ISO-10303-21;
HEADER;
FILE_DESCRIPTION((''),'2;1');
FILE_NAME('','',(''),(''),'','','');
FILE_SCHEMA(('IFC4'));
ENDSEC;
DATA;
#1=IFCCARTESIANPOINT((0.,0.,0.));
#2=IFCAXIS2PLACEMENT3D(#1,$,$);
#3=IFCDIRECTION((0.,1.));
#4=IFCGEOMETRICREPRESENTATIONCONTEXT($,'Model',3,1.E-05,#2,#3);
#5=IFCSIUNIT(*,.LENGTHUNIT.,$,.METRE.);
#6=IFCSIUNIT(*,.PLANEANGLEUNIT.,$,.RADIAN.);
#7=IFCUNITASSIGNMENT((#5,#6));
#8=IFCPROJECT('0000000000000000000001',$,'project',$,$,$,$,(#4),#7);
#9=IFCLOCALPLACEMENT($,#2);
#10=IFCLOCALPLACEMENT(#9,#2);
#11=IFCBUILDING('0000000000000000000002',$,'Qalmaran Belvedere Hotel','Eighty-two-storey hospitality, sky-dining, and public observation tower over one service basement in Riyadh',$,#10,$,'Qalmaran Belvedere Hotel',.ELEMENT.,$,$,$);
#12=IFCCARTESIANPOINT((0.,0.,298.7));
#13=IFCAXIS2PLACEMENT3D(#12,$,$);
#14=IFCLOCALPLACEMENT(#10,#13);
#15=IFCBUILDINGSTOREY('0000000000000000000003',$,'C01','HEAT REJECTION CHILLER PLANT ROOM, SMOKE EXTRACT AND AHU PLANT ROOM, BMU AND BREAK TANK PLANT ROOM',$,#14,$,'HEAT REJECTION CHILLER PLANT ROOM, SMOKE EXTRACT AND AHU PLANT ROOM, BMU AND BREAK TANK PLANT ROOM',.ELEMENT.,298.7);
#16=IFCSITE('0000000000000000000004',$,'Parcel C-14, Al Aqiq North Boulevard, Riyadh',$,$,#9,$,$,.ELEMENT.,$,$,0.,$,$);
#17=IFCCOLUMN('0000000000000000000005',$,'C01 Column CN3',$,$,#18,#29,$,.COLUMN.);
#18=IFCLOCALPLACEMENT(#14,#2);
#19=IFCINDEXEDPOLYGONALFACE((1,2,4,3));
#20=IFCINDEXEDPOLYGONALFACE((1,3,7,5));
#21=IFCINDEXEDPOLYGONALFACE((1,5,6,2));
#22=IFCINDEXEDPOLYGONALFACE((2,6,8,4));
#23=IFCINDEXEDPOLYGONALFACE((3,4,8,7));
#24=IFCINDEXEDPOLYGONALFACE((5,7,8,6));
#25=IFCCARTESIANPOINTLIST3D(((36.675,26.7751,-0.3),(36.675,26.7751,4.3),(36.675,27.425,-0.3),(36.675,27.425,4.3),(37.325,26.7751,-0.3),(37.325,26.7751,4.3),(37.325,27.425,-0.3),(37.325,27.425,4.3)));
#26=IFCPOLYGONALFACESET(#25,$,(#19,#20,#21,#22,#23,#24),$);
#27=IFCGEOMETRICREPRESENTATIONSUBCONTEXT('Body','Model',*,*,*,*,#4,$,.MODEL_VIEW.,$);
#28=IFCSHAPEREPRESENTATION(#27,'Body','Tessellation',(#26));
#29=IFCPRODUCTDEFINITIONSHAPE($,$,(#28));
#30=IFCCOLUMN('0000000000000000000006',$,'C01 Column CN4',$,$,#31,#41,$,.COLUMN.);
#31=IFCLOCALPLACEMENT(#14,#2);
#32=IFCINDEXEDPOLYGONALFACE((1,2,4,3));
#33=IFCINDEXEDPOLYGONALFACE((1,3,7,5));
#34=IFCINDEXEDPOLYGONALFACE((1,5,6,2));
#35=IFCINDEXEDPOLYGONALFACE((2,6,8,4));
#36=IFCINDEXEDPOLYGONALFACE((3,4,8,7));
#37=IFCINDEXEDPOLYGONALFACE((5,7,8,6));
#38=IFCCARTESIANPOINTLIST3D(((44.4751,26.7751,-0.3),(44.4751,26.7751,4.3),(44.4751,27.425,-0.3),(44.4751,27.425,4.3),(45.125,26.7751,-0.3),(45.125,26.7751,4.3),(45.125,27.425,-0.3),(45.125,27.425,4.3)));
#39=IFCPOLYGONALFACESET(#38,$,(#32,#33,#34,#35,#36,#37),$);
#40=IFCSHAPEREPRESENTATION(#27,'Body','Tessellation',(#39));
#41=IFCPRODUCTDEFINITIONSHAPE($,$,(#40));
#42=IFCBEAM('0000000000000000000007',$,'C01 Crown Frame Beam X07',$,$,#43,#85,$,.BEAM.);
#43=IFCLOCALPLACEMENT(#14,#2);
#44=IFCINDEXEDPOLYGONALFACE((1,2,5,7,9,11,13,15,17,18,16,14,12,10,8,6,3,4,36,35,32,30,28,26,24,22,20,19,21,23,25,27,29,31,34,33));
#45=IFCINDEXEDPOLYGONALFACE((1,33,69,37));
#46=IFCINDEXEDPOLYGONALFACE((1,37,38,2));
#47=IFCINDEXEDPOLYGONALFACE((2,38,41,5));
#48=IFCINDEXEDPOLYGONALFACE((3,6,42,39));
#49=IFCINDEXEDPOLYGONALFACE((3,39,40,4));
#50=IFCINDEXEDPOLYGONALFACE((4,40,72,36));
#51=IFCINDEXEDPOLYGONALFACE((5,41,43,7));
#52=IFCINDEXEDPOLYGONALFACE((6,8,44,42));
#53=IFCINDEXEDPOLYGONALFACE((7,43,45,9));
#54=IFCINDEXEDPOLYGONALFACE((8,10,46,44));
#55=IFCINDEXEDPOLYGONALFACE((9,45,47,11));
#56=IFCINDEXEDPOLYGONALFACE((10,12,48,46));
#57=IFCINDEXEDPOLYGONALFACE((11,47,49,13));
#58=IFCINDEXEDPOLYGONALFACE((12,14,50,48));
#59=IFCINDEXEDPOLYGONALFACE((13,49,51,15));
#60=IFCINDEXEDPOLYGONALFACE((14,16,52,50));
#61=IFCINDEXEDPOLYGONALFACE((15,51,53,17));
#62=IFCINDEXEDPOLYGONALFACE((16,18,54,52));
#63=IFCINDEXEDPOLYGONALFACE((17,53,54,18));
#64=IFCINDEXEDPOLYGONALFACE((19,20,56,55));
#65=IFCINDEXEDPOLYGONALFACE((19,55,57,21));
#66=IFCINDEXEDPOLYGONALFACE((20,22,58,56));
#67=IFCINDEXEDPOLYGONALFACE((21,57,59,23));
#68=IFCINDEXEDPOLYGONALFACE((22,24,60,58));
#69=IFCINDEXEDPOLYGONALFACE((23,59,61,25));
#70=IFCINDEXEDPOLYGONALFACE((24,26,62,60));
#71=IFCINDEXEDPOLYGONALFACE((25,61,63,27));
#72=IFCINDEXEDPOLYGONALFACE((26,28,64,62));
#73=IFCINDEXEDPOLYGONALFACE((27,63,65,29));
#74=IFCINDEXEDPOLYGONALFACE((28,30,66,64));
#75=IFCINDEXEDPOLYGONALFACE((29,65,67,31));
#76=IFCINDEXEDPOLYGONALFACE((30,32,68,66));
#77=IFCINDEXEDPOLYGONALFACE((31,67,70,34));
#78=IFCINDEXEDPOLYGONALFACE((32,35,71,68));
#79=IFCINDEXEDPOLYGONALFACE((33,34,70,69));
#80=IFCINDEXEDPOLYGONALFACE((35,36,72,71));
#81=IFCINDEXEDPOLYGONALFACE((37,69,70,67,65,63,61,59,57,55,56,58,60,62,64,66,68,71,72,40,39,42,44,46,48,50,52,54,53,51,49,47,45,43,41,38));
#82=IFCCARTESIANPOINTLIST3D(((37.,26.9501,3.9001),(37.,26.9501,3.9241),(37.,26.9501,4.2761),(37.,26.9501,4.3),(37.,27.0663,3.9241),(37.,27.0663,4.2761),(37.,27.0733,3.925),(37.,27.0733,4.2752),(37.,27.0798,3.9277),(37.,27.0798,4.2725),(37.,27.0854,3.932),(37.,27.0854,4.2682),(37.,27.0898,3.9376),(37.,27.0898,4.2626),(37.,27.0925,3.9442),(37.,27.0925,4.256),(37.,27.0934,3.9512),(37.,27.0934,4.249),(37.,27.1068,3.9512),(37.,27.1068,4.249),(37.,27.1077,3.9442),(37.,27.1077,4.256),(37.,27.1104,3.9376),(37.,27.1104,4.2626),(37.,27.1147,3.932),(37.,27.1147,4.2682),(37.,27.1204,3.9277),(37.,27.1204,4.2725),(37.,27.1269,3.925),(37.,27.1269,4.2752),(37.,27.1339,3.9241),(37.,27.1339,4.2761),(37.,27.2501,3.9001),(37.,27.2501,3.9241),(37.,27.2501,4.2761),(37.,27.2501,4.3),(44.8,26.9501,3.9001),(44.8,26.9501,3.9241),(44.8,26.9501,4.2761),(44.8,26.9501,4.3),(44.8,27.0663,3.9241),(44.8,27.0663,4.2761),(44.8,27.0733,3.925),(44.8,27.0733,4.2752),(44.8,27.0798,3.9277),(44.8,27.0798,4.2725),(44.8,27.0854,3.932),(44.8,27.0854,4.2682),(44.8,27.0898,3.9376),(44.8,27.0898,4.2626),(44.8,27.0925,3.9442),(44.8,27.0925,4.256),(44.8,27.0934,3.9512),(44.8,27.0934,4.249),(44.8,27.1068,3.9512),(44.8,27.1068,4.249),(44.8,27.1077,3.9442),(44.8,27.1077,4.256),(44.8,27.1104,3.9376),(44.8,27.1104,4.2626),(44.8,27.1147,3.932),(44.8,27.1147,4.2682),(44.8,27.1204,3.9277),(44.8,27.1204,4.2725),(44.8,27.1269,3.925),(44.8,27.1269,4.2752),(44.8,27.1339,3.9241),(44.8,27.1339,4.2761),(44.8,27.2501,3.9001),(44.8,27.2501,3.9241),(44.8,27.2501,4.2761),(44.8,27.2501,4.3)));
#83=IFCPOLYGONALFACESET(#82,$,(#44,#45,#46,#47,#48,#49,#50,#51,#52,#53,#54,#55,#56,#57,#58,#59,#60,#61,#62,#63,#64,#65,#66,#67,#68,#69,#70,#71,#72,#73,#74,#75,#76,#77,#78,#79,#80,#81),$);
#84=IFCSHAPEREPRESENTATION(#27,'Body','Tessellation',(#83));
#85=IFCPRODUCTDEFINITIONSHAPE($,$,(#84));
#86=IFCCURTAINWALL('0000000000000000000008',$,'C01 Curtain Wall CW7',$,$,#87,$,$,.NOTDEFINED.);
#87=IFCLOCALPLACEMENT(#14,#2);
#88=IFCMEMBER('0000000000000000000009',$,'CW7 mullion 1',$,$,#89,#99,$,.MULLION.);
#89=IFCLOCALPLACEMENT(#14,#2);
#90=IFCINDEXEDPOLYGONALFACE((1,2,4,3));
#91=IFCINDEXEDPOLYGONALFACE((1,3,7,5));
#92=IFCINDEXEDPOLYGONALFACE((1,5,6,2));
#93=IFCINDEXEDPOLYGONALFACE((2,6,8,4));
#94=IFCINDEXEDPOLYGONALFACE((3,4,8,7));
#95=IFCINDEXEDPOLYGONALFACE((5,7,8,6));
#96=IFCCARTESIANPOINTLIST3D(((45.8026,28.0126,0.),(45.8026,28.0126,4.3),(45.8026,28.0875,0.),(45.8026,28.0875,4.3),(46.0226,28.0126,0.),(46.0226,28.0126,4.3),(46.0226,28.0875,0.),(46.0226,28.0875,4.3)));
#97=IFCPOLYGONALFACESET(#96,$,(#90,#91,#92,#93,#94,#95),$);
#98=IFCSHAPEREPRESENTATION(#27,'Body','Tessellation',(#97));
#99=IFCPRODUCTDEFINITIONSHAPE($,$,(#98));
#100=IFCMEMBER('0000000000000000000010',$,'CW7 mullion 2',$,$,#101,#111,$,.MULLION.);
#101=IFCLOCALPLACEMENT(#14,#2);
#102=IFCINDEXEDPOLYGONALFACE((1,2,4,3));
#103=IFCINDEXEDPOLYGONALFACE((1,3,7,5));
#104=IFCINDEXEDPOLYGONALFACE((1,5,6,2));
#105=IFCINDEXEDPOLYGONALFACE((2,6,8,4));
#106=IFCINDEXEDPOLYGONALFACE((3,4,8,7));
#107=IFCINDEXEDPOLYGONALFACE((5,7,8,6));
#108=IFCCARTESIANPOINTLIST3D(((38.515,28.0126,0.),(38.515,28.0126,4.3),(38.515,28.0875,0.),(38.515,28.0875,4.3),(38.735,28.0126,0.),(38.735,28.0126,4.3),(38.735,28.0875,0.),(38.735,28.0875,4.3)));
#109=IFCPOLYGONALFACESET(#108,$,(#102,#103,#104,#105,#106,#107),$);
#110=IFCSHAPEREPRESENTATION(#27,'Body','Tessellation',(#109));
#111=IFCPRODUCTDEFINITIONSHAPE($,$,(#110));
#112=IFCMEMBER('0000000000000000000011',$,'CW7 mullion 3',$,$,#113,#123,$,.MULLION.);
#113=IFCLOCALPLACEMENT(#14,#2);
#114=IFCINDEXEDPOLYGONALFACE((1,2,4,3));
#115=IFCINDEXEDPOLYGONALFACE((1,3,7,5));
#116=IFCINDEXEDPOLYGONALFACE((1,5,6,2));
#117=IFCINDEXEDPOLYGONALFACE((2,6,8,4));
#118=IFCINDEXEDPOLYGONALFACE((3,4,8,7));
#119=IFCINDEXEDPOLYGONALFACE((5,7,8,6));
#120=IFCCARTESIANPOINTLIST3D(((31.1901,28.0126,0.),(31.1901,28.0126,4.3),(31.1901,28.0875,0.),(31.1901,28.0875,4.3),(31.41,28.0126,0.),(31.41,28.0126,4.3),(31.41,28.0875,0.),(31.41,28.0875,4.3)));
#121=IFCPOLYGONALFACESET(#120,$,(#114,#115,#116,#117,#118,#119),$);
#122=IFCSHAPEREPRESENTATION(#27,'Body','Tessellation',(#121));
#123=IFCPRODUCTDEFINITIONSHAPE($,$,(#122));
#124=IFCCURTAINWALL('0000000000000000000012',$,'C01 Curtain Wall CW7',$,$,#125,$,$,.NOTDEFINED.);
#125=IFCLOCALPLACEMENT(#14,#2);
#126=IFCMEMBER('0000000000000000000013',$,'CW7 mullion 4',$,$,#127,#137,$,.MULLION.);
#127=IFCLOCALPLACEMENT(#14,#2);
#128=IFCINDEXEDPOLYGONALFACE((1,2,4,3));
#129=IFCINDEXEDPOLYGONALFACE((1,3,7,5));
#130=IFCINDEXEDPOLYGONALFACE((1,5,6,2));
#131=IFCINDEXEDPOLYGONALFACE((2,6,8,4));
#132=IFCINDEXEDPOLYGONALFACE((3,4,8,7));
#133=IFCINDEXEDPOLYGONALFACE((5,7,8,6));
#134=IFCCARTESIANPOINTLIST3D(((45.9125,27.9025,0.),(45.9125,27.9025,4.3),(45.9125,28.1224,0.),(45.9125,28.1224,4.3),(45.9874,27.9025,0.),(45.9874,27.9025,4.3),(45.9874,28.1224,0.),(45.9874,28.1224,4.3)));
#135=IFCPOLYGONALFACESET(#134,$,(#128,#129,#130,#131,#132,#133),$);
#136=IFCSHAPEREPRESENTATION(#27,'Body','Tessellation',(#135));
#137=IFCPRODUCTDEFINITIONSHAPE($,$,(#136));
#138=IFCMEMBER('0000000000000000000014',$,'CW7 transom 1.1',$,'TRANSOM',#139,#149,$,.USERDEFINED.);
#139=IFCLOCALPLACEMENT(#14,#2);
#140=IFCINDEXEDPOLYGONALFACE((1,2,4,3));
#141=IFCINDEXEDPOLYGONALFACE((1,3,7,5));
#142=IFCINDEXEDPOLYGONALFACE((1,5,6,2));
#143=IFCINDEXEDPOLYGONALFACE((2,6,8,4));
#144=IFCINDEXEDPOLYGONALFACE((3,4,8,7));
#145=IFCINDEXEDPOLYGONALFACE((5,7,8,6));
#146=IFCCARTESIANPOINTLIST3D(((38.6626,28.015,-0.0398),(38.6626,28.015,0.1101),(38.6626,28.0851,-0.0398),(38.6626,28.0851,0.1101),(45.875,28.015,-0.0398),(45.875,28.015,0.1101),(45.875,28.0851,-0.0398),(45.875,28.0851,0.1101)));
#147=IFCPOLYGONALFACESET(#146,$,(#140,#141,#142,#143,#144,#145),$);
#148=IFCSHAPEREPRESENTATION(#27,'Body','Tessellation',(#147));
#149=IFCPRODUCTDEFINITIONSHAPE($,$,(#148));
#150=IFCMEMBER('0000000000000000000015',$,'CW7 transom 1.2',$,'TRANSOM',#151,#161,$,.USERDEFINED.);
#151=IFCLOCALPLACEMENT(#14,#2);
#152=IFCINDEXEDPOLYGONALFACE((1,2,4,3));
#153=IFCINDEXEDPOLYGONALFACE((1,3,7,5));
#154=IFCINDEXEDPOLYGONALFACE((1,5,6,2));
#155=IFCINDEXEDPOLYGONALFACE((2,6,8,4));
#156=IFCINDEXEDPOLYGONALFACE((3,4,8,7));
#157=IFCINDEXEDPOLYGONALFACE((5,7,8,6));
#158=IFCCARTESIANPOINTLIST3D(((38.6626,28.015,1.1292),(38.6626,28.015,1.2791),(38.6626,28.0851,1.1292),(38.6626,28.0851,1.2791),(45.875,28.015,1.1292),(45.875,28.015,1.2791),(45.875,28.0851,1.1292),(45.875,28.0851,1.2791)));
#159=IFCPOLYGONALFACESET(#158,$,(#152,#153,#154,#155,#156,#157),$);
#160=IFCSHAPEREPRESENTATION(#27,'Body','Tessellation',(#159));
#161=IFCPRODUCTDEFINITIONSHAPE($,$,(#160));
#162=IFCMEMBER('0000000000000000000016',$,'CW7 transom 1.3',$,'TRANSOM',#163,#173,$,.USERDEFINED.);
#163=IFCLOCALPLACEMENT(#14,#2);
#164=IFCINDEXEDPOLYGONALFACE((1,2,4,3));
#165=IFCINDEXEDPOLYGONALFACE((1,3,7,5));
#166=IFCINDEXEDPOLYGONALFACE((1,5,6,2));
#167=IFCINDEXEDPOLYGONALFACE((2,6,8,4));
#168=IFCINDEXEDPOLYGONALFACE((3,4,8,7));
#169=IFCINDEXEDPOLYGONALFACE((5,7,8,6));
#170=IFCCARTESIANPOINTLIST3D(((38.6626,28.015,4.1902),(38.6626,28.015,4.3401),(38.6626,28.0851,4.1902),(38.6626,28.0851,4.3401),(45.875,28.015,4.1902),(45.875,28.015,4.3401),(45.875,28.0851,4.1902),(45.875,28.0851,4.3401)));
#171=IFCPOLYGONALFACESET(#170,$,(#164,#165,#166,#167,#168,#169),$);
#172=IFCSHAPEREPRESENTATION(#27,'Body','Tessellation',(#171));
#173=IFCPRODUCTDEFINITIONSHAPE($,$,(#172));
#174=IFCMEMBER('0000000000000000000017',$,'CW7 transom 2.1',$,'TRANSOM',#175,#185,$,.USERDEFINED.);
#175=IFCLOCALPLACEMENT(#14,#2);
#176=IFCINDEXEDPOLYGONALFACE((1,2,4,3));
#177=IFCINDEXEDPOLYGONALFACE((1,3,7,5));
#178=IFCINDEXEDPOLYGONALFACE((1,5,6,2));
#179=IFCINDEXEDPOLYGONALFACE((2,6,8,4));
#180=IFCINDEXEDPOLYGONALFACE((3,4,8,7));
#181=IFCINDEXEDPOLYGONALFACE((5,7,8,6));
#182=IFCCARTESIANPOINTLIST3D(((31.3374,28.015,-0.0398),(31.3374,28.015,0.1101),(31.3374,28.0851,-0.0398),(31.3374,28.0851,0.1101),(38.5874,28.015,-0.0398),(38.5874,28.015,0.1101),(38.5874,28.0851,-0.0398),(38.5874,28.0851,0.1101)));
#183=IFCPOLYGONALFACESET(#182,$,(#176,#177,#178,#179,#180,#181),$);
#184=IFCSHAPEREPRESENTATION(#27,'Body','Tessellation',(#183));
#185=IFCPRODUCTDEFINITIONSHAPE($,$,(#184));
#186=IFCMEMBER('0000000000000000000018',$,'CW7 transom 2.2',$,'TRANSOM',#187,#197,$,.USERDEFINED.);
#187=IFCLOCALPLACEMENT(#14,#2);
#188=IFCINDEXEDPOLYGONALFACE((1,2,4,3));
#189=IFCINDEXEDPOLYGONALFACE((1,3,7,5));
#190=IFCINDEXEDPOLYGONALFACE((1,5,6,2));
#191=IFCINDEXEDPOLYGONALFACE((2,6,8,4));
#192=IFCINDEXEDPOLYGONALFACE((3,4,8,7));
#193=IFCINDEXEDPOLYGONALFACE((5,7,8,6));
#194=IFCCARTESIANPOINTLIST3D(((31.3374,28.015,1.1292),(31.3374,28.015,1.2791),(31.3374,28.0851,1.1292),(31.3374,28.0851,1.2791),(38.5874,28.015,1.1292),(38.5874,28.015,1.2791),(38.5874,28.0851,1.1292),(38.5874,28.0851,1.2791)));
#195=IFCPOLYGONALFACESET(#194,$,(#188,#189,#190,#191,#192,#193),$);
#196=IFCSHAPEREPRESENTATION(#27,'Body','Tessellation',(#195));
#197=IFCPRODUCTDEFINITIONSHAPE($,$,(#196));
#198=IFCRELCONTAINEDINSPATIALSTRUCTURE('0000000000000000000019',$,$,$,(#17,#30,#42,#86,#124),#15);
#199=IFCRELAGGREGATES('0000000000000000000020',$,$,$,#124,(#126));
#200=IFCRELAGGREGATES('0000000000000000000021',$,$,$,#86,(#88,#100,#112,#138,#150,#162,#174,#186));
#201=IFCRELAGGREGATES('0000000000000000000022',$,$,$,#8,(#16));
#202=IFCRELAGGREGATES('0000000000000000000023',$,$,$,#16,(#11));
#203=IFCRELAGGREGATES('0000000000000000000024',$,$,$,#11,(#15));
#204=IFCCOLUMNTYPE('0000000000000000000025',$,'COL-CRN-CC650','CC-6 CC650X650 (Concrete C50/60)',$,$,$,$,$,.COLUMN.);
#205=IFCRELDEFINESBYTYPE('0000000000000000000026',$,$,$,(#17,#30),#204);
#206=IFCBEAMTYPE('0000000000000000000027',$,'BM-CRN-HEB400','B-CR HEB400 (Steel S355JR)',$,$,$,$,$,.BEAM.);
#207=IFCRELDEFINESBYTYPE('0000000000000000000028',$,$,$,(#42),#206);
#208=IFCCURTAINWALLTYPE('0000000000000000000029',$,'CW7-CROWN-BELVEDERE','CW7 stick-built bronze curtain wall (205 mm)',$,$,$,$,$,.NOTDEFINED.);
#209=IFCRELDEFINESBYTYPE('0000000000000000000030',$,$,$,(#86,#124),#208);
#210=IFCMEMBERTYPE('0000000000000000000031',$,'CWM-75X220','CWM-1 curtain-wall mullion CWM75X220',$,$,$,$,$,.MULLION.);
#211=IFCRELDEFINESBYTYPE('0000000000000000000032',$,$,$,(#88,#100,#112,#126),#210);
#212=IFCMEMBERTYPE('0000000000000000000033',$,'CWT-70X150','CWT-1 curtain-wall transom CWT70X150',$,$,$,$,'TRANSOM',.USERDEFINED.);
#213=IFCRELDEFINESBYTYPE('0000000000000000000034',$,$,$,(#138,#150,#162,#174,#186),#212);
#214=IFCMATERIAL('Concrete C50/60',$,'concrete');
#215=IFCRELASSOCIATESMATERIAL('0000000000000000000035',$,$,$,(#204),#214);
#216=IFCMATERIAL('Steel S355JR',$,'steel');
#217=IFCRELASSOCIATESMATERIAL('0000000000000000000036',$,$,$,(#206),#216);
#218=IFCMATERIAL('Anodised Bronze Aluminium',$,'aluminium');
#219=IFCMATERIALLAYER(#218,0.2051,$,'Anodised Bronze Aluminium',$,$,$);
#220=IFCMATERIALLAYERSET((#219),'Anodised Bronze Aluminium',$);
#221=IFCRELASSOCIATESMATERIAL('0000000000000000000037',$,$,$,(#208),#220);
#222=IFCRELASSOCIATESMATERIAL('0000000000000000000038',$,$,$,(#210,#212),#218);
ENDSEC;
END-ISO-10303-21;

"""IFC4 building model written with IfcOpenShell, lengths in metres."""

from ifc_helpers import new_model, si_unit, direction, frame, origin, origin_2d, place, context, subcontext, project, spatial, rectangle, i_section, extrude, material, layer, layer_set, material_profile, profile_set, type_object, element, aggregate, save


model = new_model("IFC4")

# Units and contexts
model_context = context("Model", 3, precision=1e-05, world=origin(), true_north=direction((0.0, 1.0)))
body_context = subcontext(model_context, "Body", "Model", "MODEL_VIEW")
ifc_project = project(units=[si_unit("LENGTHUNIT", "METRE"), si_unit("PLANEANGLEUNIT", "RADIAN")], contexts=[model_context])

# Site, building, storey
site_placement = place(None, origin())
site = spatial("IfcSite", under=ifc_project, at=site_placement, Name="Parcel C-14, Al Aqiq North Boulevard, Riyadh", CompositionType="ELEMENT", RefElevation=0.0)
building_placement = place(site_placement, origin())
building = spatial("IfcBuilding", under=site, at=building_placement, Name="Qalmaran Belvedere Hotel", Description="Eighty-two-storey hospitality, sky-dining, and public observation tower over one service basement in Riyadh", LongName="Qalmaran Belvedere Hotel", CompositionType="ELEMENT")
storey_placement = place(building_placement, frame((0.0, 0.0, 298.7)))
storey = spatial("IfcBuildingStorey", under=building, at=storey_placement, Name="C01", Description="HEAT REJECTION CHILLER PLANT ROOM, SMOKE EXTRACT AND AHU PLANT ROOM, BMU AND BREAK TANK PLANT ROOM", LongName="HEAT REJECTION CHILLER PLANT ROOM, SMOKE EXTRACT AND AHU PLANT ROOM, BMU AND BREAK TANK PLANT ROOM", CompositionType="ELEMENT", Elevation=298.7)

# Columns
ifc_material_1 = material(Name="Concrete C50/60", Category="concrete")
ifc_material_profile_1 = material_profile(ifc_material_1, rectangle(XDim=0.6499, YDim=0.6499, at=origin_2d()), Name="CC650X650")
ifc_profile_set_1 = profile_set([ifc_material_profile_1], Name="Concrete C50/60")
column_type = type_object("IfcColumnType", Name="COL-CRN-CC650", Description="CC-6 CC650X650 (Concrete C50/60)", PredefinedType="COLUMN", material=ifc_profile_set_1)
for number, where, z_axis, x_axis, name in (
    (1, (37.0, 27.1001, -0.3), (0.0, 0.0, 1.0), (1.0, 0.0, 0.0), "C01 Column CN3"),
    (2, (44.8, 27.1001, -0.3), (0.0, 0.0, 1.0), (1.0, 0.0, 0.0), "C01 Column CN4"),
):
    element("IfcColumn", number, at=place(storey_placement, frame(where, z_axis=z_axis, x_axis=x_axis)), inside=storey, type_object=column_type, Name=name, PredefinedType="COLUMN", context=body_context, shape_type="SweptSolid", body=[
        extrude(rectangle(XDim=0.6499, YDim=0.6499, at=origin_2d()), origin(), (0.0, 0.0, 1.0), 4.6001),
    ])

# Beam
ifc_material_2 = material(Name="Steel S355JR", Category="steel")
ifc_material_profile_2 = material_profile(ifc_material_2, i_section(OverallWidth=0.3, OverallDepth=0.3999, WebThickness=0.0134, FlangeThickness=0.0239, FilletRadius=0.0271, at=origin_2d()), Name="HEB400")
ifc_profile_set_2 = profile_set([ifc_material_profile_2], Name="Steel S355JR")
beam_type = type_object("IfcBeamType", Name="BM-CRN-HEB400", Description="B-CR HEB400 (Steel S355JR)", PredefinedType="BEAM", material=ifc_profile_set_2)
beam_placement = place(storey_placement, frame((37.0, 27.1001, 4.1001), z_axis=(1.0, 0.0, 0.0), x_axis=(0.0, 1.0, 0.0)))
element("IfcBeam", 3, at=beam_placement, inside=storey, type_object=beam_type, Name="C01 Crown Frame Beam X07", PredefinedType="BEAM", context=body_context, shape_type="SweptSolid", body=[
    extrude(i_section(OverallWidth=0.3, OverallDepth=0.3999, WebThickness=0.0134, FlangeThickness=0.0239, FilletRadius=0.0271, at=origin_2d()), origin(), (0.0, 0.0, 1.0), 7.8),
])

# Curtain wall, members
ifc_material_3 = material(Name="Anodised Bronze Aluminium", Category="aluminium")
ifc_layer_1 = layer(ifc_material_3, 0.2051, Name="Anodised Bronze Aluminium")
ifc_layer_set_1 = layer_set([ifc_layer_1], Name="Anodised Bronze Aluminium")
curtain_wall_type = type_object("IfcCurtainWallType", Name="CW7-CROWN-BELVEDERE", Description="CW7 stick-built bronze curtain wall (205 mm)", PredefinedType="NOTDEFINED", material=ifc_layer_set_1)
curtain_wall_1_placement = place(storey_placement, origin())
curtain_wall_1 = element("IfcCurtainWall", 4, at=curtain_wall_1_placement, inside=storey, type_object=curtain_wall_type, Name="C01 Curtain Wall CW7", PredefinedType="NOTDEFINED")
ifc_material_profile_3 = material_profile(ifc_material_3, rectangle(XDim=0.075, YDim=0.22, at=origin_2d()), Name="CWM75X220")
ifc_profile_set_3 = profile_set([ifc_material_profile_3], Name="Anodised Bronze Aluminium")
member_type_1 = type_object("IfcMemberType", Name="CWM-75X220", Description="CWM-1 curtain-wall mullion CWM75X220", PredefinedType="MULLION", material=ifc_profile_set_3)
member_1_placement = place(storey_placement, frame((45.9126, 28.05, 0.0), z_axis=(0.0, 0.0, 1.0), x_axis=(0.0, -1.0, 0.0)))
member_1 = element("IfcMember", 5, at=member_1_placement, type_object=member_type_1, Name="CW7 mullion 1", PredefinedType="MULLION", context=body_context, shape_type="SweptSolid", body=[
    extrude(rectangle(XDim=0.075, YDim=0.22, at=origin_2d()), origin(), (0.0, 0.0, 1.0), 4.3),
])
member_2_placement = place(storey_placement, frame((38.625, 28.05, 0.0), z_axis=(0.0, 0.0, 1.0), x_axis=(0.0, -1.0, 0.0)))
member_2 = element("IfcMember", 6, at=member_2_placement, type_object=member_type_1, Name="CW7 mullion 2", PredefinedType="MULLION", context=body_context, shape_type="SweptSolid", body=[
    extrude(rectangle(XDim=0.075, YDim=0.22, at=origin_2d()), origin(), (0.0, 0.0, 1.0), 4.3),
])
member_3_placement = place(storey_placement, frame((31.3, 28.05, 0.0), z_axis=(0.0, 0.0, 1.0), x_axis=(0.0, -1.0, 0.0)))
member_3 = element("IfcMember", 7, at=member_3_placement, type_object=member_type_1, Name="CW7 mullion 3", PredefinedType="MULLION", context=body_context, shape_type="SweptSolid", body=[
    extrude(rectangle(XDim=0.075, YDim=0.22, at=origin_2d()), origin(), (0.0, 0.0, 1.0), 4.3),
])

# Curtain wall, member
curtain_wall_2_placement = place(storey_placement, origin())
curtain_wall_2 = element("IfcCurtainWall", 8, at=curtain_wall_2_placement, inside=storey, type_object=curtain_wall_type, Name="C01 Curtain Wall CW7", PredefinedType="NOTDEFINED")
member_4_placement = place(storey_placement, frame((45.95, 28.0125, 0.0), z_axis=(0.0, 0.0, 1.0), x_axis=(-1.0, 0.0, 0.0)))
member_4 = element("IfcMember", 9, at=member_4_placement, type_object=member_type_1, Name="CW7 mullion 4", PredefinedType="MULLION", context=body_context, shape_type="SweptSolid", body=[
    extrude(rectangle(XDim=0.075, YDim=0.22, at=origin_2d()), origin(), (0.0, 0.0, 1.0), 4.3),
])
aggregate(curtain_wall_2, [member_4])

# Members
ifc_material_profile_4 = material_profile(ifc_material_3, rectangle(XDim=0.0701, YDim=0.1499, at=origin_2d()), Name="CWT70X150")
ifc_profile_set_4 = profile_set([ifc_material_profile_4], Name="Anodised Bronze Aluminium")
member_type_2 = type_object("IfcMemberType", Name="CWT-70X150", Description="CWT-1 curtain-wall transom CWT70X150", ElementType="TRANSOM", PredefinedType="USERDEFINED", material=ifc_profile_set_4)
member_5_placement = place(storey_placement, frame((45.875, 28.05, 0.0352), z_axis=(-1.0, 0.0, 0.0), x_axis=(0.0, -1.0, 0.0)))
member_5 = element("IfcMember", 10, at=member_5_placement, type_object=member_type_2, Name="CW7 transom 1.1", ObjectType="TRANSOM", PredefinedType="USERDEFINED", context=body_context, shape_type="SweptSolid", body=[
    extrude(rectangle(XDim=0.0701, YDim=0.1499, at=origin_2d()), origin(), (0.0, 0.0, 1.0), 7.2124),
])
member_6_placement = place(storey_placement, frame((45.875, 28.05, 1.2041), z_axis=(-1.0, 0.0, 0.0), x_axis=(0.0, -1.0, 0.0)))
member_6 = element("IfcMember", 11, at=member_6_placement, type_object=member_type_2, Name="CW7 transom 1.2", ObjectType="TRANSOM", PredefinedType="USERDEFINED", context=body_context, shape_type="SweptSolid", body=[
    extrude(rectangle(XDim=0.0701, YDim=0.1499, at=origin_2d()), origin(), (0.0, 0.0, 1.0), 7.2124),
])
member_7_placement = place(storey_placement, frame((45.875, 28.05, 4.2651), z_axis=(-1.0, 0.0, 0.0), x_axis=(0.0, -1.0, 0.0)))
member_7 = element("IfcMember", 12, at=member_7_placement, type_object=member_type_2, Name="CW7 transom 1.3", ObjectType="TRANSOM", PredefinedType="USERDEFINED", context=body_context, shape_type="SweptSolid", body=[
    extrude(rectangle(XDim=0.0701, YDim=0.1499, at=origin_2d()), origin(), (0.0, 0.0, 1.0), 7.2124),
])
member_8_placement = place(storey_placement, frame((38.5874, 28.05, 0.0352), z_axis=(-1.0, 0.0, 0.0), x_axis=(0.0, -1.0, 0.0)))
member_8 = element("IfcMember", 13, at=member_8_placement, type_object=member_type_2, Name="CW7 transom 2.1", ObjectType="TRANSOM", PredefinedType="USERDEFINED", context=body_context, shape_type="SweptSolid", body=[
    extrude(rectangle(XDim=0.0701, YDim=0.1499, at=origin_2d()), origin(), (0.0, 0.0, 1.0), 7.25),
])
member_9_placement = place(storey_placement, frame((38.5874, 28.05, 1.2041), z_axis=(-1.0, 0.0, 0.0), x_axis=(0.0, -1.0, 0.0)))
member_9 = element("IfcMember", 14, at=member_9_placement, type_object=member_type_2, Name="CW7 transom 2.2", ObjectType="TRANSOM", PredefinedType="USERDEFINED", context=body_context, shape_type="SweptSolid", body=[
    extrude(rectangle(XDim=0.0701, YDim=0.1499, at=origin_2d()), origin(), (0.0, 0.0, 1.0), 7.25),
])

aggregate(curtain_wall_1, [member_1, member_2, member_3, member_5, member_6, member_7, member_8, member_9])

save(model, "model.ifc")
